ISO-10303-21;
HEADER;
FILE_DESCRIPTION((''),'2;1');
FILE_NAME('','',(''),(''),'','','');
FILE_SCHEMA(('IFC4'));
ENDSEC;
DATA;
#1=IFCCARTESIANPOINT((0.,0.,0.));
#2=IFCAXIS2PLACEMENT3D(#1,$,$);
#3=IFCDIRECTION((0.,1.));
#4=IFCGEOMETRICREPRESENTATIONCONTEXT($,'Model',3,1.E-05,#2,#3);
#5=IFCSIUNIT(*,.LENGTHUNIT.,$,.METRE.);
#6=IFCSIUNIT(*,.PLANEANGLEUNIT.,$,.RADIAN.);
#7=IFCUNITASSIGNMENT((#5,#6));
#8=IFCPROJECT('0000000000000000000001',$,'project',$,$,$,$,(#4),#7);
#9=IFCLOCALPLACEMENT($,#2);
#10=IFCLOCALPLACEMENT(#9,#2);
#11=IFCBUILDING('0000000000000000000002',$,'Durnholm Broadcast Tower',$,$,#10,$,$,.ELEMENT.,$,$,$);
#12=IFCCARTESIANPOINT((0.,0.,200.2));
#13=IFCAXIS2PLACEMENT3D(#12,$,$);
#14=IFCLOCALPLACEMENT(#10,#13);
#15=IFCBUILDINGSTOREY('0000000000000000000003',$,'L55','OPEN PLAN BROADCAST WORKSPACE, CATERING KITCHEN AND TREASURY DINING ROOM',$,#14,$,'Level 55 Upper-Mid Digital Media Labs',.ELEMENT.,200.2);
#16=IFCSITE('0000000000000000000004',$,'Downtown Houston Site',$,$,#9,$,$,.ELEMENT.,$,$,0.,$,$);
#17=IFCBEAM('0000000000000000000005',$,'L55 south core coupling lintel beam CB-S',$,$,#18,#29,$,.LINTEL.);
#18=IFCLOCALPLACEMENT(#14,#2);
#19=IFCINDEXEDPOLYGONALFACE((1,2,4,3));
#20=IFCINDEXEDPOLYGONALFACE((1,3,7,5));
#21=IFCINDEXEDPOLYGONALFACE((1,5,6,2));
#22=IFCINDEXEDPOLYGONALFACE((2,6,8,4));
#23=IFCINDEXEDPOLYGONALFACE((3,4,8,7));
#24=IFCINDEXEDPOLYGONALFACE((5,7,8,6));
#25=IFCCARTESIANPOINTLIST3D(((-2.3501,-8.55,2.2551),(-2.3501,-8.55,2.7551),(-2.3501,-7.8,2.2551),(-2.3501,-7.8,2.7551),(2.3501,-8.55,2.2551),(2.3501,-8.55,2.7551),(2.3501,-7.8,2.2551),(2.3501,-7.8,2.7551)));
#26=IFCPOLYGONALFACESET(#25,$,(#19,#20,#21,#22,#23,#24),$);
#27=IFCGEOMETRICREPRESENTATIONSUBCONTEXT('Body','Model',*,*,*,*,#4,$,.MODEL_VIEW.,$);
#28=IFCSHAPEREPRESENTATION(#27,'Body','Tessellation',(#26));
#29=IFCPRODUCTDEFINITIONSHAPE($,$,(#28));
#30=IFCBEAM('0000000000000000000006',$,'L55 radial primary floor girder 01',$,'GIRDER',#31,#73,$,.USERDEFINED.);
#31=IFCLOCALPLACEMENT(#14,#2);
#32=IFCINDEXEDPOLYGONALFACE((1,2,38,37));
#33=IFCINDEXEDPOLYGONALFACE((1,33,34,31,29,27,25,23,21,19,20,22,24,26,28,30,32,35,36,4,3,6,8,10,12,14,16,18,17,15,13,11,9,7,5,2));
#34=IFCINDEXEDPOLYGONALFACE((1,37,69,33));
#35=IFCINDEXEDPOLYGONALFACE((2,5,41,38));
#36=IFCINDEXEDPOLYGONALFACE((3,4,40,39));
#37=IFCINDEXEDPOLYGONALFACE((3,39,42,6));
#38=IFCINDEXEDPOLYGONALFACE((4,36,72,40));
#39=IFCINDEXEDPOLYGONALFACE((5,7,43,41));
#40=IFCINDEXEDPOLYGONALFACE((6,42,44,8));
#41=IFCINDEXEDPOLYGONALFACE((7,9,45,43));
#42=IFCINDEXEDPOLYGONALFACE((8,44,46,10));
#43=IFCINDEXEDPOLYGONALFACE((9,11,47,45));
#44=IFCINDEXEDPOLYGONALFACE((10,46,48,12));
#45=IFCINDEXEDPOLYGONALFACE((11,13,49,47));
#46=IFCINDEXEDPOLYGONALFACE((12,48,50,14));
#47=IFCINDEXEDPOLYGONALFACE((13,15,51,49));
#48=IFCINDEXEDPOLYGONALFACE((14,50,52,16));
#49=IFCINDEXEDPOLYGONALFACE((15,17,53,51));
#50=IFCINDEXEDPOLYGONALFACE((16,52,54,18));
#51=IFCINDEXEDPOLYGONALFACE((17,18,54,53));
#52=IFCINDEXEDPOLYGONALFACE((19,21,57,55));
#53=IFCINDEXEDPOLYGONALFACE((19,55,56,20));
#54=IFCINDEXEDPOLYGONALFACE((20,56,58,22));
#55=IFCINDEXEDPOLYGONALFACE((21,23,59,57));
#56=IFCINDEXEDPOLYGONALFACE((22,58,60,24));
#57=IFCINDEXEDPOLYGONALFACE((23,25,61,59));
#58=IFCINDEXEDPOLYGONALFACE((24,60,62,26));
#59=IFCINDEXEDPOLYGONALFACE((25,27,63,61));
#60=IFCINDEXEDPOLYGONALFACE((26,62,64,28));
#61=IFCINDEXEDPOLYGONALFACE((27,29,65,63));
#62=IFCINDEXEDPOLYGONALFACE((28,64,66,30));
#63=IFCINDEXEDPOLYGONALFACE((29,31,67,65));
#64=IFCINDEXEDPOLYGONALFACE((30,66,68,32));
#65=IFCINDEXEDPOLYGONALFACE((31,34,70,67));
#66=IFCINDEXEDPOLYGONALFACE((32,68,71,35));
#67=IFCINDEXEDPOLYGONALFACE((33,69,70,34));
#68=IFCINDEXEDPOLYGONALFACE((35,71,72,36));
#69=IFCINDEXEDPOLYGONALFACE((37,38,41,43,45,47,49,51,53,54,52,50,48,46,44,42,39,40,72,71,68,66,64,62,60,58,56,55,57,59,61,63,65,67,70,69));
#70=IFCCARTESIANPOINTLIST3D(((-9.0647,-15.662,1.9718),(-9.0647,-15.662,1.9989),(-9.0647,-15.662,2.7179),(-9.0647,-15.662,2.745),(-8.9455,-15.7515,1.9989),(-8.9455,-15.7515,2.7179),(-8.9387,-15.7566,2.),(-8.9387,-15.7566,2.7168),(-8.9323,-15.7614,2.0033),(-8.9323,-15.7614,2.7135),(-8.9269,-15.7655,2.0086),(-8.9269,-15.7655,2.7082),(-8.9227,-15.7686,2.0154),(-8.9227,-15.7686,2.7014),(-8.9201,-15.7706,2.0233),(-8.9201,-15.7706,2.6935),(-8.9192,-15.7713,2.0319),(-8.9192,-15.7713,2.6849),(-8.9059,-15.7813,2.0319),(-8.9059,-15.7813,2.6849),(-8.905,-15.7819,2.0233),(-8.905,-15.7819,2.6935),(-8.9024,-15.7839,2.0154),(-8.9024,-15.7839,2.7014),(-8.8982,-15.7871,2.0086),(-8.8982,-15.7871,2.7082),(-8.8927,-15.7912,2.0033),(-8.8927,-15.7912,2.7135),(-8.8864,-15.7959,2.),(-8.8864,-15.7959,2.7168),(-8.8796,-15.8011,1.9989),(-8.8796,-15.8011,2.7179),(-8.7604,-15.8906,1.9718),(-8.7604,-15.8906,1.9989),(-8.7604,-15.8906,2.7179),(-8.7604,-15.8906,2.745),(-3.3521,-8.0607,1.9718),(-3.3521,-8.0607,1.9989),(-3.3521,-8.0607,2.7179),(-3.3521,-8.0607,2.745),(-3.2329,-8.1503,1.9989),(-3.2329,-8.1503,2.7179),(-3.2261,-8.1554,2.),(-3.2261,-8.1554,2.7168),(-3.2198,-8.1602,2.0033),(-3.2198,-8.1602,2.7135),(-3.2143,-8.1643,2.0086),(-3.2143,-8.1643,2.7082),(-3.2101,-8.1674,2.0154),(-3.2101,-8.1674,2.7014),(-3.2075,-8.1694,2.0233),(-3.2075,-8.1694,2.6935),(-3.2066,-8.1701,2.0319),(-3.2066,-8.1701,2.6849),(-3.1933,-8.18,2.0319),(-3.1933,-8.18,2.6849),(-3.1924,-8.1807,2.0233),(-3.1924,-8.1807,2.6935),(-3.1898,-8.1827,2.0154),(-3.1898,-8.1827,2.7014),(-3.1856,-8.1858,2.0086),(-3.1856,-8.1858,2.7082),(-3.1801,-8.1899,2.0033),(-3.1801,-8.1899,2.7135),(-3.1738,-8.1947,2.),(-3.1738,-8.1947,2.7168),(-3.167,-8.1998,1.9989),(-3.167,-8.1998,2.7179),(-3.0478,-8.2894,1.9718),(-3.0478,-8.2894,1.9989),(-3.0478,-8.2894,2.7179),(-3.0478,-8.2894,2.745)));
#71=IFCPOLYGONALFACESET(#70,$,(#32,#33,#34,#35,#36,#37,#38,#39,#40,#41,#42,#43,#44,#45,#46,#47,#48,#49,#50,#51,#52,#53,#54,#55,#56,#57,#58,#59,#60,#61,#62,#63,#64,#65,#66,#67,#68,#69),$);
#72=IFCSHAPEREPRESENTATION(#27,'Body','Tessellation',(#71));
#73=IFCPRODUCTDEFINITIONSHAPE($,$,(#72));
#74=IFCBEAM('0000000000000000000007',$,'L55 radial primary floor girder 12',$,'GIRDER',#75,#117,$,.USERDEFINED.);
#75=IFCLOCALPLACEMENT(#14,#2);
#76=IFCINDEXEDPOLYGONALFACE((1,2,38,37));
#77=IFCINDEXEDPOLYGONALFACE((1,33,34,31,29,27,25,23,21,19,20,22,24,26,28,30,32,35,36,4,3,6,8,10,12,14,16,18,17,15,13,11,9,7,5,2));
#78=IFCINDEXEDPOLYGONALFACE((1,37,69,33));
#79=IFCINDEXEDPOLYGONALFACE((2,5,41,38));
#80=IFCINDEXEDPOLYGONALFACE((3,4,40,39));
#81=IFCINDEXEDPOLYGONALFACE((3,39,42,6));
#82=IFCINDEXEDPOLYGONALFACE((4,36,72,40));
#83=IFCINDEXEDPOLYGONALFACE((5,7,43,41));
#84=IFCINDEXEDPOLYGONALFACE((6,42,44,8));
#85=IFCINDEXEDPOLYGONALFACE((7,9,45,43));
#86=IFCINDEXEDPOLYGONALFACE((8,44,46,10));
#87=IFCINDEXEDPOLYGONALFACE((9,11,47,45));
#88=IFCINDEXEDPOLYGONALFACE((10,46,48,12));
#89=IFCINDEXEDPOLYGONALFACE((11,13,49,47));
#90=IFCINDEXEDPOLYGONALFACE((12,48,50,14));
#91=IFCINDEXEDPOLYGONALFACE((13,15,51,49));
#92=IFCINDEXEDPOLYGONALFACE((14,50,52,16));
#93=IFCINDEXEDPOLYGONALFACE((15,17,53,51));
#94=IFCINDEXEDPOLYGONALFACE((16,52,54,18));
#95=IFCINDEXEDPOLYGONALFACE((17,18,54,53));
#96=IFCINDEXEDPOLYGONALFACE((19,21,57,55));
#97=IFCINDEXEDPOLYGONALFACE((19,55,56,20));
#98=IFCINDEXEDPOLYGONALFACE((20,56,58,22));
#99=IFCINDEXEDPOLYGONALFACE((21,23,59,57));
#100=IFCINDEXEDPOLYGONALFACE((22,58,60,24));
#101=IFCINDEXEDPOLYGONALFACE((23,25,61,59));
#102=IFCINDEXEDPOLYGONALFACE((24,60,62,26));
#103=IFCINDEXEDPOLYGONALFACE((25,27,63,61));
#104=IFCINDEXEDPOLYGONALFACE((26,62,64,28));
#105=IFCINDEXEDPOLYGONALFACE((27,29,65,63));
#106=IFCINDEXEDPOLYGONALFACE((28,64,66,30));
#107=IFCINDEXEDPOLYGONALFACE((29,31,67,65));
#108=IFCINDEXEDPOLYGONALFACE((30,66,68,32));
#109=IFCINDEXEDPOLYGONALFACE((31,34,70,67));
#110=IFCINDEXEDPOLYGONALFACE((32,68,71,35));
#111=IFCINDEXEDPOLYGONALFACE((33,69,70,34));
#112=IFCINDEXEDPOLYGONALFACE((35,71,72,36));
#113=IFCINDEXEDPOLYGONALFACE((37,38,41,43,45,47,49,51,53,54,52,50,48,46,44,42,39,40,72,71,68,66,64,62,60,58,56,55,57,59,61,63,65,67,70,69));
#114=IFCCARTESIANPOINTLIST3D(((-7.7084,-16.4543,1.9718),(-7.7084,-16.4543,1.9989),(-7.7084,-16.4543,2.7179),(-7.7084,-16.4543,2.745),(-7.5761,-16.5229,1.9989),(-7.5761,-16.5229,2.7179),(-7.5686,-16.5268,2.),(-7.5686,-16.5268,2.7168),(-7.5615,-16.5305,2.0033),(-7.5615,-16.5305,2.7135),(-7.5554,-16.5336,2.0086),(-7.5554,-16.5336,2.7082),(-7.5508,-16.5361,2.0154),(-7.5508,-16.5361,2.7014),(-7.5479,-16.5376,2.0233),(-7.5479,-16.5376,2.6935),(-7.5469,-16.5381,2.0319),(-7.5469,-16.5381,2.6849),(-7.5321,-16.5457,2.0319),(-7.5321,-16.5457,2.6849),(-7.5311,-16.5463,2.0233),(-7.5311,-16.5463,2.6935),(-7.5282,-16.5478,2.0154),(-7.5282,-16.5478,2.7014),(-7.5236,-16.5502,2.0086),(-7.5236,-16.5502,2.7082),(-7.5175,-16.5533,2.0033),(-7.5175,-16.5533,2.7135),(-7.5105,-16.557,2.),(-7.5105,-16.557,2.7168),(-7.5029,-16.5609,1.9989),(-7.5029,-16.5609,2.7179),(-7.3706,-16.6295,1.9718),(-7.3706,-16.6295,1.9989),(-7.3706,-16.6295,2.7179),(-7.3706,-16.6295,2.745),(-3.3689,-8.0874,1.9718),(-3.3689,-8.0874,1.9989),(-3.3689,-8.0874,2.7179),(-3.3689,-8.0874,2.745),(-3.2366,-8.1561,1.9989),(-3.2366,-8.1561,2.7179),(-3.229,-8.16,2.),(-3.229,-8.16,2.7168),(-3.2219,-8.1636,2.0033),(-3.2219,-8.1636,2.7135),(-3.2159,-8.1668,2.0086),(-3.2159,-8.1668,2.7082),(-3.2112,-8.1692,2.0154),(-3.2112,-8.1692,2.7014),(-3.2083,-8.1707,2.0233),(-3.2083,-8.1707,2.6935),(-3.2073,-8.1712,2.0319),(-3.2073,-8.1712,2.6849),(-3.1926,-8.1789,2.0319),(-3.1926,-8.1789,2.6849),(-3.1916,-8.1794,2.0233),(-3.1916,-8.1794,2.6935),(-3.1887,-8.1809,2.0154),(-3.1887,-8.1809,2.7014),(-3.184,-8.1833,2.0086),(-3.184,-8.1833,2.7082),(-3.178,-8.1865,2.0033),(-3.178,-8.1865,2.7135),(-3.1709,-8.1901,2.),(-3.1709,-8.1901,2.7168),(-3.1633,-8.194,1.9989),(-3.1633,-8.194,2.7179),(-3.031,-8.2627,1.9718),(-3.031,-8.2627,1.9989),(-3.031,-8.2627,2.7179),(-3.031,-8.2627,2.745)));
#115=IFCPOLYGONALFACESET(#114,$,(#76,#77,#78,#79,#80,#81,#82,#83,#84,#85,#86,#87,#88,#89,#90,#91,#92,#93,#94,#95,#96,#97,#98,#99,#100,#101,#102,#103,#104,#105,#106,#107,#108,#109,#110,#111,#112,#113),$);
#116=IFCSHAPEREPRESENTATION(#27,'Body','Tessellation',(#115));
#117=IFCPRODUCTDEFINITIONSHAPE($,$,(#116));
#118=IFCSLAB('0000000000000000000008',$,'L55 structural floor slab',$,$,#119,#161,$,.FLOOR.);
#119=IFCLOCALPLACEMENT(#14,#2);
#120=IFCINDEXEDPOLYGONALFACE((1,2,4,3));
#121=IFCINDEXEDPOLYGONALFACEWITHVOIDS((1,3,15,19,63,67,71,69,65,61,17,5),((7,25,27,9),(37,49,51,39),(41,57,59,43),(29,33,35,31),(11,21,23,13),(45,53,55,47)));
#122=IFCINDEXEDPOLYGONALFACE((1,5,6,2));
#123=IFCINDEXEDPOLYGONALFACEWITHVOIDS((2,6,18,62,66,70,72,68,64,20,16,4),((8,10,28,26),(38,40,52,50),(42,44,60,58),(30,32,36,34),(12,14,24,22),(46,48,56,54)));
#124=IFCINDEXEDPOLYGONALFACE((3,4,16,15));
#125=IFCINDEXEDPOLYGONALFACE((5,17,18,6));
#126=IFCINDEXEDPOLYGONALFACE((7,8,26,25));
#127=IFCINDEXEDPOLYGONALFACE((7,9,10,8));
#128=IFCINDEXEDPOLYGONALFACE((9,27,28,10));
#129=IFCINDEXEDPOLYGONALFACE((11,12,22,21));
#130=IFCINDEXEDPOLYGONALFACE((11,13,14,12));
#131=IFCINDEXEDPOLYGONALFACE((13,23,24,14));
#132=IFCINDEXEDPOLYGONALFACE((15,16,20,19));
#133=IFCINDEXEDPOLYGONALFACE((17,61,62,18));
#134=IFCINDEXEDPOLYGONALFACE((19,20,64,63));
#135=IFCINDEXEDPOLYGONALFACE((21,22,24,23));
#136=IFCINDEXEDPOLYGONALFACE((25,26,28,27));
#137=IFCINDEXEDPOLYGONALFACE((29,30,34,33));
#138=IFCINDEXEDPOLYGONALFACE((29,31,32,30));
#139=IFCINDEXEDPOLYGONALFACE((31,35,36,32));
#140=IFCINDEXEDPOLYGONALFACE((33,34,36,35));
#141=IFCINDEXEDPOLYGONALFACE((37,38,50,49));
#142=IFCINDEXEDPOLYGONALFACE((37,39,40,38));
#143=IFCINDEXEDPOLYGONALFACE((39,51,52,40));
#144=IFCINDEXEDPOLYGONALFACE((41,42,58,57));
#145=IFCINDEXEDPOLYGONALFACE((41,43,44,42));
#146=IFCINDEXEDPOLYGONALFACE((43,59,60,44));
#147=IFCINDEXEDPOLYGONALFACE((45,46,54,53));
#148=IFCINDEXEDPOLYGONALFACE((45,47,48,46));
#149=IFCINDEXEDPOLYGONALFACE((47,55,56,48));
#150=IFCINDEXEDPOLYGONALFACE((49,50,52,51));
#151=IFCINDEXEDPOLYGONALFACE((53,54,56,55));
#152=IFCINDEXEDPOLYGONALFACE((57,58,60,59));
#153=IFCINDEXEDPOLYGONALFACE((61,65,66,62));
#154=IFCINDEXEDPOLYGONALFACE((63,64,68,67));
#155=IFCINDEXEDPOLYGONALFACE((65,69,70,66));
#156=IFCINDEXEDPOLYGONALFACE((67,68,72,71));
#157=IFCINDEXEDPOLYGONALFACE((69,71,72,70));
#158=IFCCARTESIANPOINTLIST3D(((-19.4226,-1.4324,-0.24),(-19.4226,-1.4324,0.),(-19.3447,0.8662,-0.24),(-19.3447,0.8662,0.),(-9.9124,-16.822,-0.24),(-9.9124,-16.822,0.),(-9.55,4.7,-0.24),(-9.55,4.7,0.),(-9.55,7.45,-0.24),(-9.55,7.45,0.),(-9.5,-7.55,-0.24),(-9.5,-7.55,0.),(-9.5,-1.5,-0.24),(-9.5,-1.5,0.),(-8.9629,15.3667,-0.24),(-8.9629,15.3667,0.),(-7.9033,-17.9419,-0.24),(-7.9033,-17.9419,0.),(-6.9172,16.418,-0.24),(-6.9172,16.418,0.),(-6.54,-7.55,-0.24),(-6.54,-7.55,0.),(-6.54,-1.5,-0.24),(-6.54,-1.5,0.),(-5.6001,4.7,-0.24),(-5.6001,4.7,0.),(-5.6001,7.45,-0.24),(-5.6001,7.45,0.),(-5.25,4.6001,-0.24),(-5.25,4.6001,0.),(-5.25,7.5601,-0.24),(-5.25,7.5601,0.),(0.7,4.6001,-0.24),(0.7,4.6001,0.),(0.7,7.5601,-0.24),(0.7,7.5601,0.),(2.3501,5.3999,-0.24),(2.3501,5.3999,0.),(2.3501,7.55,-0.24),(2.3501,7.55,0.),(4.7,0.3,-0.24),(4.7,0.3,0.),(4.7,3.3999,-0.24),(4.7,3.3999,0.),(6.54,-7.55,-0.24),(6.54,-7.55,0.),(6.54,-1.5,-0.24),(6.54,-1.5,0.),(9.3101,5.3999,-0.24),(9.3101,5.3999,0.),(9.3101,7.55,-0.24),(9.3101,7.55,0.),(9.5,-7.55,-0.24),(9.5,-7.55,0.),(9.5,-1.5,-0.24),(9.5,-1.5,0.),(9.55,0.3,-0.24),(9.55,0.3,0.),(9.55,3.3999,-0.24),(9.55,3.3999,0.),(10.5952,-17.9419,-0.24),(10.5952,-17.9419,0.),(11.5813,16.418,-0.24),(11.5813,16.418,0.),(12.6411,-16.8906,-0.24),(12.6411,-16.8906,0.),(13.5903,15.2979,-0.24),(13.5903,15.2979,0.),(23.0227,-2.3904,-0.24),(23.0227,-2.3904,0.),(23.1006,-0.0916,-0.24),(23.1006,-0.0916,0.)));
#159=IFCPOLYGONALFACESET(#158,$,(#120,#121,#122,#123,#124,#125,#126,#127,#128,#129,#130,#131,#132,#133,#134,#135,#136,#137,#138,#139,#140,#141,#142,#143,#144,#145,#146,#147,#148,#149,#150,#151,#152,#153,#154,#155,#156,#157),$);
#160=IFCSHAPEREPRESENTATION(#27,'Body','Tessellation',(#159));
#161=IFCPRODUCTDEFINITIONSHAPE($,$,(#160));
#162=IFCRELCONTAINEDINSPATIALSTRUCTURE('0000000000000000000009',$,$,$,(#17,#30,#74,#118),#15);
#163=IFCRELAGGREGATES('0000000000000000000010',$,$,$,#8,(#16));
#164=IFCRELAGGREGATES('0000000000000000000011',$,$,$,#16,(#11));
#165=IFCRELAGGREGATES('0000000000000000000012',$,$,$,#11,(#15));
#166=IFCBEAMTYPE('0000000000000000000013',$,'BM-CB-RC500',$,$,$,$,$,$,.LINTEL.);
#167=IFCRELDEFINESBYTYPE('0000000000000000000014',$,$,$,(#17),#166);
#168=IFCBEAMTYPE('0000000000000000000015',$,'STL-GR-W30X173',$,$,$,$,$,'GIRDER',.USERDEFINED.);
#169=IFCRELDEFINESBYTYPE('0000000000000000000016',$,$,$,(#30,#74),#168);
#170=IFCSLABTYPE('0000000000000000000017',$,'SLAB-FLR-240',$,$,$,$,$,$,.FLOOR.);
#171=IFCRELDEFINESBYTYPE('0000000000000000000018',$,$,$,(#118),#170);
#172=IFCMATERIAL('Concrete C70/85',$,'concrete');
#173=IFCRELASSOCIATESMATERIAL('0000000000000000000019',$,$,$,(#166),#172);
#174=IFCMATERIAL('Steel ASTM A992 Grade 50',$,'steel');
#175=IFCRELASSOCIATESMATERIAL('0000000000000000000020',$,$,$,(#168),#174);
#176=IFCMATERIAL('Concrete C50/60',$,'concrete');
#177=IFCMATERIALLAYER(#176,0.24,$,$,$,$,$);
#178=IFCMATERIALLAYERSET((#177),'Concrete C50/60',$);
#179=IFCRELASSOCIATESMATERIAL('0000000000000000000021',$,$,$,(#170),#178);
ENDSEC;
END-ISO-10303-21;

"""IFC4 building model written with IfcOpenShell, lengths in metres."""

from ifc_helpers import new_model, si_unit, direction, frame, origin, origin_2d, place, context, subcontext, project, spatial, polyline, rectangle, i_section, outline, extrude, source, transform, mapped, material, layer, layer_set, material_profile, profile_set, type_object, type_shapes, element, save


model = new_model("IFC4")

# Units and contexts
model_context = context("Model", 3, precision=1e-05, world=origin(), true_north=direction((0.0, 1.0)))
body_context = subcontext(model_context, "Body", "Model", "MODEL_VIEW")
ifc_project = project(units=[si_unit("LENGTHUNIT", "METRE"), si_unit("PLANEANGLEUNIT", "RADIAN")], contexts=[model_context])

# Site, building, storey
site_placement = place(None, origin())
site = spatial("IfcSite", under=ifc_project, at=site_placement, Name="Downtown Houston Site", CompositionType="ELEMENT", RefElevation=0.0)
building_placement = place(site_placement, origin())
building = spatial("IfcBuilding", under=site, at=building_placement, Name="Durnholm Broadcast Tower", CompositionType="ELEMENT")
storey_placement = place(building_placement, frame((0.0, 0.0, 200.2)))
storey = spatial("IfcBuildingStorey", under=building, at=storey_placement, Name="L55", Description="OPEN PLAN BROADCAST WORKSPACE, CATERING KITCHEN AND TREASURY DINING ROOM", LongName="Level 55 Upper-Mid Digital Media Labs", CompositionType="ELEMENT", Elevation=200.2)

# Beams
ifc_material_1 = material(Name="Concrete C70/85", Category="concrete")
ifc_material_profile_1 = material_profile(ifc_material_1, rectangle(XDim=0.75, YDim=0.5, at=origin_2d()), Name="RC750X500")
ifc_profile_set_1 = profile_set([ifc_material_profile_1], Name="Concrete C70/85")
beam_type_1 = type_object("IfcBeamType", Name="BM-CB-RC500", PredefinedType="LINTEL", material=ifc_profile_set_1)
shared_shape_1 = source(origin(), body_context, "Body", "SweptSolid", [
    extrude(rectangle(XDim=0.75, YDim=0.5, at=origin_2d()), origin(), (0.0, 0.0, 1.0), 4.7002),
])
type_shapes(beam_type_1, [shared_shape_1])
beam_1_placement = place(storey_placement, frame((-2.3501, -8.175, 2.5051), z_axis=(1.0, 0.0, 0.0), x_axis=(0.0, 1.0, 0.0)))
element("IfcBeam", 1, at=beam_1_placement, inside=storey, type_object=beam_type_1, Name="L55 south core coupling lintel beam CB-S", PredefinedType="LINTEL", context=body_context, shape_type="MappedRepresentation", body=[
    mapped(shared_shape_1, transform((0.0, 0.0, 0.0), x_axis=(1.0, 0.0, 0.0), y_axis=(0.0, 1.0, 0.0), z_axis=(0.0, 0.0, 1.0), scale=1.0)),
])
ifc_material_2 = material(Name="Steel ASTM A992 Grade 50", Category="steel")
ifc_material_profile_2 = material_profile(ifc_material_2, i_section(OverallWidth=0.3806, OverallDepth=0.7732, WebThickness=0.0166, FlangeThickness=0.0271, FilletRadius=0.033, at=origin_2d()), Name="W30X173")
ifc_profile_set_2 = profile_set([ifc_material_profile_2], Name="Steel ASTM A992 Grade 50")
beam_type_2 = type_object("IfcBeamType", Name="STL-GR-W30X173", ElementType="GIRDER", PredefinedType="USERDEFINED", material=ifc_profile_set_2)
shared_shape_2 = source(origin(), body_context, "Body", "SweptSolid", [
    extrude(i_section(OverallWidth=0.3806, OverallDepth=0.7732, WebThickness=0.0166, FlangeThickness=0.0271, FilletRadius=0.033, at=origin_2d()), origin(), (0.0, 0.0, 1.0), 9.5085),
])
beam_2_placement = place(storey_placement, frame((-3.2, -8.175, 2.3584), z_axis=(-0.600784, -0.799411, 0.0), x_axis=(0.799411, -0.600784, 0.0)))
element("IfcBeam", 2, at=beam_2_placement, inside=storey, type_object=beam_type_2, Name="L55 radial primary floor girder 01", ObjectType="GIRDER", PredefinedType="USERDEFINED", context=body_context, shape_type="MappedRepresentation", body=[
    mapped(shared_shape_2, transform((0.0, 0.0, 0.0), x_axis=(1.0, 0.0, 0.0), y_axis=(0.0, 1.0, 0.0), z_axis=(0.0, 0.0, 1.0), scale=1.0)),
])
shared_shape_3 = source(origin(), body_context, "Body", "SweptSolid", [
    extrude(i_section(OverallWidth=0.3806, OverallDepth=0.7732, WebThickness=0.0166, FlangeThickness=0.0271, FilletRadius=0.033, at=origin_2d()), origin(), (0.0, 0.0, 1.0), 9.4253),
])
type_shapes(beam_type_2, [shared_shape_2, shared_shape_3])
beam_3_placement = place(storey_placement, frame((-3.2, -8.175, 2.3584), z_axis=(-0.460416, -0.887703, 0.0), x_axis=(0.887703, -0.460416, 0.0)))
element("IfcBeam", 3, at=beam_3_placement, inside=storey, type_object=beam_type_2, Name="L55 radial primary floor girder 12", ObjectType="GIRDER", PredefinedType="USERDEFINED", context=body_context, shape_type="MappedRepresentation", body=[
    mapped(shared_shape_3, transform((0.0, 0.0, 0.0), x_axis=(1.0, 0.0, 0.0), y_axis=(0.0, 1.0, 0.0), z_axis=(0.0, 0.0, 1.0), scale=1.0)),
])

# Slab
ifc_material_3 = material(Name="Concrete C50/60", Category="concrete")
ifc_layer_1 = layer(ifc_material_3, 0.24)
ifc_layer_set_1 = layer_set([ifc_layer_1], Name="Concrete C50/60")
slab_type = type_object("IfcSlabType", Name="SLAB-FLR-240", PredefinedType="FLOOR", material=ifc_layer_set_1)
slab_placement = place(storey_placement, frame((0.0, 0.0, -0.24)))
element("IfcSlab", 4, at=slab_placement, inside=storey, type_object=slab_type, Name="L55 structural floor slab", PredefinedType="FLOOR", context=body_context, shape_type="SweptSolid", body=[
    extrude(outline(polyline([(-9.9124, -16.822), (-7.9033, -17.9419), (10.5952, -17.9419), (12.6411, -16.8906), (23.0227, -2.3904), (23.1006, -0.0916), (13.5903, 15.2979), (11.5813, 16.418), (-6.9172, 16.418), (-8.9629, 15.3667), (-19.3447, 0.8662), (-19.4226, -1.4324), (-9.9124, -16.822)]), holes=[polyline([(-6.54, -1.5), (-9.5, -1.5), (-9.5, -7.55), (-6.54, -7.55), (-6.54, -1.5)]), polyline([(9.5, -7.55), (9.5, -1.5), (6.54, -1.5), (6.54, -7.55), (9.5, -7.55)]), polyline([(9.55, 3.3999), (4.7, 3.3999), (4.7, 0.3), (9.55, 0.3), (9.55, 3.3999)]), polyline([(-9.55, 7.45), (-9.55, 4.7), (-5.6001, 4.7), (-5.6001, 7.45), (-9.55, 7.45)]), polyline([(-5.25, 4.6001), (0.7, 4.6001), (0.7, 7.5601), (-5.25, 7.5601), (-5.25, 4.6001)]), polyline([(9.3101, 7.55), (2.3501, 7.55), (2.3501, 5.3999), (9.3101, 5.3999), (9.3101, 7.55)])]), origin(), (0.0, 0.0, 1.0), 0.24),
])

save(model, "model.ifc")
